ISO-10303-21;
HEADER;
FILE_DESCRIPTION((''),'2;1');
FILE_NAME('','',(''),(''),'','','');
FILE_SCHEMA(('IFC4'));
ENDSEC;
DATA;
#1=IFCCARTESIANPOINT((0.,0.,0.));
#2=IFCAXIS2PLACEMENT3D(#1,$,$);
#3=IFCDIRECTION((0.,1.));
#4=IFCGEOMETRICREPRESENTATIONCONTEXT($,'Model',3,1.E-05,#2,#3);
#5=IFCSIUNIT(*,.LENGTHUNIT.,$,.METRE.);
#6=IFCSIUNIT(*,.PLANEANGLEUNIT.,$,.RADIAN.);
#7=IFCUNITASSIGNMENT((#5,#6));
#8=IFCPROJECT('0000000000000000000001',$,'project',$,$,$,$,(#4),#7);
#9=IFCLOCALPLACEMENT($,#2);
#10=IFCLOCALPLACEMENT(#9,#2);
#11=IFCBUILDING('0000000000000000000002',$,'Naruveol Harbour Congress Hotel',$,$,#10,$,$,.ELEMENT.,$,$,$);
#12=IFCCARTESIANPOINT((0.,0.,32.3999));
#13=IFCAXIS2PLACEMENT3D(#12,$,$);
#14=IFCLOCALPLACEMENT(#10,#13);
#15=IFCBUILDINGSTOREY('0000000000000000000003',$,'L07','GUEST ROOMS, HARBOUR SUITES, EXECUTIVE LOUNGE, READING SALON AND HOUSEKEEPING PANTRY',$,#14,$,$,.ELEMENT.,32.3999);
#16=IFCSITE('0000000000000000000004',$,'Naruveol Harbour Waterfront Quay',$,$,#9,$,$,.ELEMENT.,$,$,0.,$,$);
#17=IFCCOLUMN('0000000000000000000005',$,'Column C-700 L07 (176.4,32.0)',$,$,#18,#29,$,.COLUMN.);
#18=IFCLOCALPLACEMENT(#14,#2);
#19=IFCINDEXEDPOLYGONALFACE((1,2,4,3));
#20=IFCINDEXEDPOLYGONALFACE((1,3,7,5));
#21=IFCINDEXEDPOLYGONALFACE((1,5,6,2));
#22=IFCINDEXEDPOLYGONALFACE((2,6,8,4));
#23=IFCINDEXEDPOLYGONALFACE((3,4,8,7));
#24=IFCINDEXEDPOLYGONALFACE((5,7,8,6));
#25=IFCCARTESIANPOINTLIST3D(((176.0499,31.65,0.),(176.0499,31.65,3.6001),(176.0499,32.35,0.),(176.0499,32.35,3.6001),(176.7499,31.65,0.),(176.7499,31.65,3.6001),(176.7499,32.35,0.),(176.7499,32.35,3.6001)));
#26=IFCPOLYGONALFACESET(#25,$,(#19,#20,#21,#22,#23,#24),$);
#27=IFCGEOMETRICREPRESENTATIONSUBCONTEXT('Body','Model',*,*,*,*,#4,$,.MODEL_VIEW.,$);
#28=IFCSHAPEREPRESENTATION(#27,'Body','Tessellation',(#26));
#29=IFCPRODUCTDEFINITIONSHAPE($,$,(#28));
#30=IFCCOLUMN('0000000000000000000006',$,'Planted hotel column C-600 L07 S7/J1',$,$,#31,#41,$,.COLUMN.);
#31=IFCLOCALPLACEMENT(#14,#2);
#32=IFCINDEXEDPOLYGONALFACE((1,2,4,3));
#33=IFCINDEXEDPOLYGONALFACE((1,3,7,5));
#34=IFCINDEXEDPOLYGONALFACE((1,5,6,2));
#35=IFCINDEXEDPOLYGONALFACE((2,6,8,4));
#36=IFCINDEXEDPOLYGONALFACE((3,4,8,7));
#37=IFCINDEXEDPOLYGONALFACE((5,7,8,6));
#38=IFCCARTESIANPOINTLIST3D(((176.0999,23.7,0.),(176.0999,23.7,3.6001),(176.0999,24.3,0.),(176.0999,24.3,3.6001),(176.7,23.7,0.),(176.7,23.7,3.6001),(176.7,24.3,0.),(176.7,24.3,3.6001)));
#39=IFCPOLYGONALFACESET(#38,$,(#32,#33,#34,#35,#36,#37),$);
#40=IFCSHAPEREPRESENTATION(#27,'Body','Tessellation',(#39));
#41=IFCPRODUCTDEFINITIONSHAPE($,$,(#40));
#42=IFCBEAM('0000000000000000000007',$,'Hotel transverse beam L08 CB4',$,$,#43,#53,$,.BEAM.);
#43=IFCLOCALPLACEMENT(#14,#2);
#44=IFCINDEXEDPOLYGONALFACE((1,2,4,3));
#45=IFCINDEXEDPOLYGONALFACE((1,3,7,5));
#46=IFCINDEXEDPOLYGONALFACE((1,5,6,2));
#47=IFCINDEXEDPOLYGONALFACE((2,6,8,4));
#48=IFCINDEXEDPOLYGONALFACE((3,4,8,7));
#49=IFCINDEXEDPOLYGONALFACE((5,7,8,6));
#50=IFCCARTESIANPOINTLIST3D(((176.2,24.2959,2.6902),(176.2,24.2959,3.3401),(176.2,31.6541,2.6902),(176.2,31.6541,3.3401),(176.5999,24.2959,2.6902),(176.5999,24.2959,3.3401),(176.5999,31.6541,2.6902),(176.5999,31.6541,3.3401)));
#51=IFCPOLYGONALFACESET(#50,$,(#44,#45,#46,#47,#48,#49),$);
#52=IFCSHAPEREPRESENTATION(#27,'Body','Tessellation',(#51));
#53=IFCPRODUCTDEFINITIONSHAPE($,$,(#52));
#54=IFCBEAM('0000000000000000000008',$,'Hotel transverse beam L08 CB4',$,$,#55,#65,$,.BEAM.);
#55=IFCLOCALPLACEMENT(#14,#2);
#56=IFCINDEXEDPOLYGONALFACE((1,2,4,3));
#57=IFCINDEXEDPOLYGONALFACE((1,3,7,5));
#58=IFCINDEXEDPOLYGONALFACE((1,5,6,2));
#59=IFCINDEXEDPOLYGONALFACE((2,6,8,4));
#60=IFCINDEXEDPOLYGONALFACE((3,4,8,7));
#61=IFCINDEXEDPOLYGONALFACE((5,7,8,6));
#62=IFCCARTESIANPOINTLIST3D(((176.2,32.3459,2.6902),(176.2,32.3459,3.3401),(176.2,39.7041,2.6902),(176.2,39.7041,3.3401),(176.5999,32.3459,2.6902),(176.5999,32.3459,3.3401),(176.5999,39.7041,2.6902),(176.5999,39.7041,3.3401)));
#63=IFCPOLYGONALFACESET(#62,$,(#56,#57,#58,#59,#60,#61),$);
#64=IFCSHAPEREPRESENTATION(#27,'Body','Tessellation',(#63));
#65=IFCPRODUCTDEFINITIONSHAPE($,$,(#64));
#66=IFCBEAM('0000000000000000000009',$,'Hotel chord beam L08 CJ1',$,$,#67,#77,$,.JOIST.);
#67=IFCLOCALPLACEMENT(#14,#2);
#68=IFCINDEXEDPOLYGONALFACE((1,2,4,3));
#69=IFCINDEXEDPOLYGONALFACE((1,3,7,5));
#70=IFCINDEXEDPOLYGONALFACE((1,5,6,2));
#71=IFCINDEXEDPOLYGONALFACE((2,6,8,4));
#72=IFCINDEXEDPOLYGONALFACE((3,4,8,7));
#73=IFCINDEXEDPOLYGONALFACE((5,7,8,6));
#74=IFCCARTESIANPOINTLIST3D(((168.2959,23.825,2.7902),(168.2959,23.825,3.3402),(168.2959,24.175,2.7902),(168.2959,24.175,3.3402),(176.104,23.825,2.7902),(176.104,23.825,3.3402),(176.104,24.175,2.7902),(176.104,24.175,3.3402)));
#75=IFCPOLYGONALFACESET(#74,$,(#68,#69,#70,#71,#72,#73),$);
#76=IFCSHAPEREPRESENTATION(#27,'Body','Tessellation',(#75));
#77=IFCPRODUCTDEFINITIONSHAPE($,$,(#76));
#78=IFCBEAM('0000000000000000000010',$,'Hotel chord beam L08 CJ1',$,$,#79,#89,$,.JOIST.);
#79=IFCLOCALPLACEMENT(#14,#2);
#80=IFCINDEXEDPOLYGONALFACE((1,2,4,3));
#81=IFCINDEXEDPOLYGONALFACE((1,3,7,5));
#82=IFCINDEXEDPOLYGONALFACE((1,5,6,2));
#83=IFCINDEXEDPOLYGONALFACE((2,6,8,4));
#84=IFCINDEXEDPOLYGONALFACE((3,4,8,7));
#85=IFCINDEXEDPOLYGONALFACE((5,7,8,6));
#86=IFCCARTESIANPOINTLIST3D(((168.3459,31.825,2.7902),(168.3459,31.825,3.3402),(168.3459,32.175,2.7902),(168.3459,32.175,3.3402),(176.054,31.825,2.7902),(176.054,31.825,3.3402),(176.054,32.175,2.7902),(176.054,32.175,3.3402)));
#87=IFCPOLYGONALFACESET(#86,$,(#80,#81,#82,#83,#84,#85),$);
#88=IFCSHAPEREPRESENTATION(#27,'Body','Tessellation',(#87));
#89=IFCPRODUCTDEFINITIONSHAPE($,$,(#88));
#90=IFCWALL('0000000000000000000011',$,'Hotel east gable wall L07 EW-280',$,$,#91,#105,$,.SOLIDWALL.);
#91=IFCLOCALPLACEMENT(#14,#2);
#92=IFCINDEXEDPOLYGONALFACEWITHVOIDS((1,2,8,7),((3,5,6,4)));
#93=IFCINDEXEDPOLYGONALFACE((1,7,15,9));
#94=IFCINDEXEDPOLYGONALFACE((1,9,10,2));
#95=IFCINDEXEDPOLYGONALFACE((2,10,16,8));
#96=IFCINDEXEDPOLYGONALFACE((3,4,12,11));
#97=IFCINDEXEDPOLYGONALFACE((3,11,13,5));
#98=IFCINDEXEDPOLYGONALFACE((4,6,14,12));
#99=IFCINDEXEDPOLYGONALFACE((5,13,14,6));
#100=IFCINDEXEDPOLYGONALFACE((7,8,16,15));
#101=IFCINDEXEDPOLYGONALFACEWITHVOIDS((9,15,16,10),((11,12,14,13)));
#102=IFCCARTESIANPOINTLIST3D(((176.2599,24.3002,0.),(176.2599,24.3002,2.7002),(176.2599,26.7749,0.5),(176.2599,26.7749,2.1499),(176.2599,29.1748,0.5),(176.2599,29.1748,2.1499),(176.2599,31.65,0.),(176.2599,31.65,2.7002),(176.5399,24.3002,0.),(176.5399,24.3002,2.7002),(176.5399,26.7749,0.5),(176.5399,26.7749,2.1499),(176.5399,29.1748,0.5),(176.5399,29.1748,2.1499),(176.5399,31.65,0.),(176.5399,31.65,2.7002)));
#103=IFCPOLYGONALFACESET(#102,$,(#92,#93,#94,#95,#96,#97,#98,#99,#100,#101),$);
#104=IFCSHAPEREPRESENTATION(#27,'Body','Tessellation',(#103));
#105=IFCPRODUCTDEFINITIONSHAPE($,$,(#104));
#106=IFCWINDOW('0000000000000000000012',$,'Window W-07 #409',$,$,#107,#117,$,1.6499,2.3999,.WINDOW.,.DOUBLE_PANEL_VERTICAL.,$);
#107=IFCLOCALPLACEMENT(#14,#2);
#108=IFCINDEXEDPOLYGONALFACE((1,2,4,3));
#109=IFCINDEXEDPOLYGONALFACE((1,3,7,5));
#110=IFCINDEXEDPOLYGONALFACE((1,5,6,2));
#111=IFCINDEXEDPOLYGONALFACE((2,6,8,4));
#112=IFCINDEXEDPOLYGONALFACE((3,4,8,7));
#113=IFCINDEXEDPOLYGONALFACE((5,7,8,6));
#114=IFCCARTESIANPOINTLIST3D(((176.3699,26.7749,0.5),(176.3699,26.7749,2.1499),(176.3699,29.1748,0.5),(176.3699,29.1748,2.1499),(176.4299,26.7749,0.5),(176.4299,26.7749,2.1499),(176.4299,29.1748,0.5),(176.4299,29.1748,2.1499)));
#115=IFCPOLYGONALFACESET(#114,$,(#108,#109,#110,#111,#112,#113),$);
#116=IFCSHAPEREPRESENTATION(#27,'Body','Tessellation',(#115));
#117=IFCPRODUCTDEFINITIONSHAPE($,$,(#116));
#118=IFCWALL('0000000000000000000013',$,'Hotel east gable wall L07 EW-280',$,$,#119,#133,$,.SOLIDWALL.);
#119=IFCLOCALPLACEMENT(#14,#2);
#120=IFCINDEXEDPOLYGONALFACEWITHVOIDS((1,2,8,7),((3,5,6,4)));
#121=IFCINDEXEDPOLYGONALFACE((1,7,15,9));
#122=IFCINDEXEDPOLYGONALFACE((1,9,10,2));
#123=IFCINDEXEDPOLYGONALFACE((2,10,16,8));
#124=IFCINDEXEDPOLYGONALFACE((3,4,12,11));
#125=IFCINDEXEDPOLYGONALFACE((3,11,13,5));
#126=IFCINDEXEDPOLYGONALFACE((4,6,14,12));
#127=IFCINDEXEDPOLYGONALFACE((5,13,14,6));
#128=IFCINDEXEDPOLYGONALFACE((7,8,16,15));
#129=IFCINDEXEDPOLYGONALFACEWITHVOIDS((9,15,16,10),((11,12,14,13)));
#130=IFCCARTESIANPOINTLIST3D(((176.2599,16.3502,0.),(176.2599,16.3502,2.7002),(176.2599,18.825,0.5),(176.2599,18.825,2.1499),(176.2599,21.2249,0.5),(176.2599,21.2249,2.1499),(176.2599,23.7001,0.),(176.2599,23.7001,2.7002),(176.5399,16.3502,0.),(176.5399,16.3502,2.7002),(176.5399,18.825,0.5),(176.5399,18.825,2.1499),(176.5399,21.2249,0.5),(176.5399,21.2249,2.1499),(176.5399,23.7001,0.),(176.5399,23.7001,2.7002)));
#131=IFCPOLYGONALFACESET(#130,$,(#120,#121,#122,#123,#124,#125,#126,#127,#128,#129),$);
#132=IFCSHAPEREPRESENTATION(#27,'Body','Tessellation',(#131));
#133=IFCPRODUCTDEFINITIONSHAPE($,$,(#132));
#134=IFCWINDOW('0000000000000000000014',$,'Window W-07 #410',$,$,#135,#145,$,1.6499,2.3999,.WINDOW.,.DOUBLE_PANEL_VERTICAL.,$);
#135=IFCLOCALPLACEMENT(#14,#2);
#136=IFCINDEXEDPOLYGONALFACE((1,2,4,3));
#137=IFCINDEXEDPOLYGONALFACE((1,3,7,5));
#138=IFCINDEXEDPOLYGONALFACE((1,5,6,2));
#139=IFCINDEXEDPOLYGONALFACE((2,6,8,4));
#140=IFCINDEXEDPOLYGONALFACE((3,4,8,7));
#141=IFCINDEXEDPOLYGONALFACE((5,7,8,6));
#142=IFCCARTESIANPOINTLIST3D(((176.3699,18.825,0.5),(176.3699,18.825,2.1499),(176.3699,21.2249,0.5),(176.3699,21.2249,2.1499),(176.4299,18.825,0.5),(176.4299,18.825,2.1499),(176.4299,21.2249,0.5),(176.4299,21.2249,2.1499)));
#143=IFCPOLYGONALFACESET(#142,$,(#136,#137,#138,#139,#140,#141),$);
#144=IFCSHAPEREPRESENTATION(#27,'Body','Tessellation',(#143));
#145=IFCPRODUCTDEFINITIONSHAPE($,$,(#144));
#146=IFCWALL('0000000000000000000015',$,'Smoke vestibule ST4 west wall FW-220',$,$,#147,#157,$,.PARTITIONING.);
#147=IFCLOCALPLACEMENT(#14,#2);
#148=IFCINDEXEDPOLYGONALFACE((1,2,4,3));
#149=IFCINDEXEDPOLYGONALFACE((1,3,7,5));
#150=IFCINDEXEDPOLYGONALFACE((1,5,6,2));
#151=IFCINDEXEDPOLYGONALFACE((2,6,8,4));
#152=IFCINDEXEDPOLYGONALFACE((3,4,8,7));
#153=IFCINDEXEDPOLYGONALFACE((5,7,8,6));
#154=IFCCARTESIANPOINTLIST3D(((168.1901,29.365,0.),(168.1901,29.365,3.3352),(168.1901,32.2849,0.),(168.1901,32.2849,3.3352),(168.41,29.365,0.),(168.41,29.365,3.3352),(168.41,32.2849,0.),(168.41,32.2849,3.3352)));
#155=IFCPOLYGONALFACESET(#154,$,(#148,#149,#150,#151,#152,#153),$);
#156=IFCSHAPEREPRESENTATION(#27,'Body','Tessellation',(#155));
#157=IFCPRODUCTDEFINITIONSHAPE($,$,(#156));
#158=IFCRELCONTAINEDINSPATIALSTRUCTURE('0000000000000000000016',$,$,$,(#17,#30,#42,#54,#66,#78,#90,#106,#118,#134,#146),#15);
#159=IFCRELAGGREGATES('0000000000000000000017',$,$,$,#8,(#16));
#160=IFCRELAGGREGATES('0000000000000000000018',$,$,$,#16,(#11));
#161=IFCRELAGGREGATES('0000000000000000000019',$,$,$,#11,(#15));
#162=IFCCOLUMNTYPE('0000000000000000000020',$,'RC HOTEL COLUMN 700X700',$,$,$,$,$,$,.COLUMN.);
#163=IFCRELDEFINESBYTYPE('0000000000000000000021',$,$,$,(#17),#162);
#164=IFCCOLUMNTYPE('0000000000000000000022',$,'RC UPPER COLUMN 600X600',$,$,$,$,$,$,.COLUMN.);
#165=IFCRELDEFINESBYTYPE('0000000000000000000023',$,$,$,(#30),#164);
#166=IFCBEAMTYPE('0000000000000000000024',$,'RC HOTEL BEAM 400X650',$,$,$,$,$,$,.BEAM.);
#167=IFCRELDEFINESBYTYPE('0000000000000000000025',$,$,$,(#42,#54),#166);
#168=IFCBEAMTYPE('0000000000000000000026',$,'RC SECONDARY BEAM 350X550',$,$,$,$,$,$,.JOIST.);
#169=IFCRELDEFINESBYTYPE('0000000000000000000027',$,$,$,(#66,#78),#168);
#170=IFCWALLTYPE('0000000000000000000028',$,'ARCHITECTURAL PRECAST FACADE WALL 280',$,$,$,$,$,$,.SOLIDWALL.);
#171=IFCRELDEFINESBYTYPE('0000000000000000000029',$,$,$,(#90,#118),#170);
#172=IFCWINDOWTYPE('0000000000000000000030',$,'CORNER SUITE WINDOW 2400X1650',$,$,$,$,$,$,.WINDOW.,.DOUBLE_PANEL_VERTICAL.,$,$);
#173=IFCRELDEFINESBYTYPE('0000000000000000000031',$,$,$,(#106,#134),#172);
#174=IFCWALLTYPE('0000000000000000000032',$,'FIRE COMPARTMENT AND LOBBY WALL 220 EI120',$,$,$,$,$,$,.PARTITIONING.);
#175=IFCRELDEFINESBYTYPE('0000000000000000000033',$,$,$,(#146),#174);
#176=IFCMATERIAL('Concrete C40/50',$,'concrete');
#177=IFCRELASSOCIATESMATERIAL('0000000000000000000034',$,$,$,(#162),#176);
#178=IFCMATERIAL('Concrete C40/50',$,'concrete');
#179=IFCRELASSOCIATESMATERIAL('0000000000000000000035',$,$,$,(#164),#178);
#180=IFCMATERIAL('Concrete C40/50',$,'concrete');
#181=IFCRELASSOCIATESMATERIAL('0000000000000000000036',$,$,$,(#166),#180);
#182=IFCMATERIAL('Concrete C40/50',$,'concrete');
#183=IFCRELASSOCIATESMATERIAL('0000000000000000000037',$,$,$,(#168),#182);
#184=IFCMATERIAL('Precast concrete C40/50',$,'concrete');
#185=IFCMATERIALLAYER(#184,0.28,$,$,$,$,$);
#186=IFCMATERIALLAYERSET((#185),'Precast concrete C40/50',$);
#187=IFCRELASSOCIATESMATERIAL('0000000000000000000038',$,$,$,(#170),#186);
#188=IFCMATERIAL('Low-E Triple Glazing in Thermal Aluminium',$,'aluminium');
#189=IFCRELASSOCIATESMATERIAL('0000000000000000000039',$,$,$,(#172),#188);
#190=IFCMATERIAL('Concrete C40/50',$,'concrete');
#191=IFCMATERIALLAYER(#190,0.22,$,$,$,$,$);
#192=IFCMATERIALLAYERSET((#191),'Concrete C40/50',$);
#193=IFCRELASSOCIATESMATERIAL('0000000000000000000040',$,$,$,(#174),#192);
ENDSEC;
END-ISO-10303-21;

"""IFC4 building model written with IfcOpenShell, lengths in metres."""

from ifc_helpers import new_model, si_unit, direction, frame, frame_2d, origin, origin_2d, place, context, subcontext, project, spatial, rectangle, extrude, material, layer, layer_set, material_profile, profile_set, type_object, element, fill, save


model = new_model("IFC4")

# Units and contexts
model_context = context("Model", 3, precision=1e-05, world=origin(), true_north=direction((0.0, 1.0)))
body_context = subcontext(model_context, "Body", "Model", "MODEL_VIEW")
ifc_project = project(units=[si_unit("LENGTHUNIT", "METRE"), si_unit("PLANEANGLEUNIT", "RADIAN")], contexts=[model_context])

# Site, building, storey
site_placement = place(None, origin())
site = spatial("IfcSite", under=ifc_project, at=site_placement, Name="Naruveol Harbour Waterfront Quay", CompositionType="ELEMENT", RefElevation=0.0)
building_placement = place(site_placement, origin())
building = spatial("IfcBuilding", under=site, at=building_placement, Name="Naruveol Harbour Congress Hotel", CompositionType="ELEMENT")
storey_placement = place(building_placement, frame((0.0, 0.0, 32.3999)))
storey = spatial("IfcBuildingStorey", under=building, at=storey_placement, Name="L07", Description="GUEST ROOMS, HARBOUR SUITES, EXECUTIVE LOUNGE, READING SALON AND HOUSEKEEPING PANTRY", CompositionType="ELEMENT", Elevation=32.3999)

# Columns
ifc_material_1 = material(Name="Concrete C40/50", Category="concrete")
ifc_material_profile_1 = material_profile(ifc_material_1, rectangle(XDim=0.7, YDim=0.7, at=origin_2d()), Name="RC-700x700")
ifc_profile_set_1 = profile_set([ifc_material_profile_1], Name="Concrete C40/50")
column_type_1 = type_object("IfcColumnType", Name="RC HOTEL COLUMN 700X700", PredefinedType="COLUMN", material=ifc_profile_set_1)
column_1_placement = place(storey_placement, frame((176.3999, 32.0, 0.0), z_axis=(0.0, 0.0, 1.0), x_axis=(1.0, 0.0, 0.0)))
element("IfcColumn", 1, at=column_1_placement, inside=storey, type_object=column_type_1, Name="Column C-700 L07 (176.4,32.0)", PredefinedType="COLUMN", context=body_context, shape_type="SweptSolid", body=[
    extrude(rectangle(XDim=0.7, YDim=0.7, at=origin_2d()), origin(), (0.0, 0.0, 1.0), 3.6001),
])
ifc_material_2 = material(Name="Concrete C40/50", Category="concrete")
ifc_material_profile_2 = material_profile(ifc_material_2, rectangle(XDim=0.6001, YDim=0.6001, at=origin_2d()), Name="RC-600x600")
ifc_profile_set_2 = profile_set([ifc_material_profile_2], Name="Concrete C40/50")
column_type_2 = type_object("IfcColumnType", Name="RC UPPER COLUMN 600X600", PredefinedType="COLUMN", material=ifc_profile_set_2)
column_2_placement = place(storey_placement, frame((176.3999, 24.0, 0.0), z_axis=(0.0, 0.0, 1.0), x_axis=(1.0, 0.0, 0.0)))
element("IfcColumn", 2, at=column_2_placement, inside=storey, type_object=column_type_2, Name="Planted hotel column C-600 L07 S7/J1", PredefinedType="COLUMN", context=body_context, shape_type="SweptSolid", body=[
    extrude(rectangle(XDim=0.6001, YDim=0.6001, at=origin_2d()), origin(), (0.0, 0.0, 1.0), 3.6001),
])

# Beams
ifc_material_3 = material(Name="Concrete C40/50", Category="concrete")
ifc_material_profile_3 = material_profile(ifc_material_3, rectangle(XDim=0.3999, YDim=0.6499, at=origin_2d()), Name="RCB-400x650")
ifc_profile_set_3 = profile_set([ifc_material_profile_3], Name="Concrete C40/50")
beam_type_1 = type_object("IfcBeamType", Name="RC HOTEL BEAM 400X650", PredefinedType="BEAM", material=ifc_profile_set_3)
for number, where, z_axis, x_axis, name in (
    (3, (176.3999, 24.2959, 3.0151), (0.0, 1.0, 0.0), (-1.0, 0.0, 0.0), "Hotel transverse beam L08 CB4"),
    (4, (176.3999, 32.3459, 3.0151), (0.0, 1.0, 0.0), (-1.0, 0.0, 0.0), "Hotel transverse beam L08 CB4"),
):
    element("IfcBeam", number, at=place(storey_placement, frame(where, z_axis=z_axis, x_axis=x_axis)), inside=storey, type_object=beam_type_1, Name=name, PredefinedType="BEAM", context=body_context, shape_type="SweptSolid", body=[
        extrude(rectangle(XDim=0.3999, YDim=0.6499, at=origin_2d()), origin(), (0.0, 0.0, 1.0), 7.3582),
    ])
ifc_material_4 = material(Name="Concrete C40/50", Category="concrete")
ifc_material_profile_4 = material_profile(ifc_material_4, rectangle(XDim=0.3501, YDim=0.55, at=origin_2d()), Name="RCB-350x550")
ifc_profile_set_4 = profile_set([ifc_material_profile_4], Name="Concrete C40/50")
beam_type_2 = type_object("IfcBeamType", Name="RC SECONDARY BEAM 350X550", PredefinedType="JOIST", material=ifc_profile_set_4)
beam_1_placement = place(storey_placement, frame((168.2959, 24.0, 3.0652), z_axis=(1.0, 0.0, 0.0), x_axis=(0.0, 1.0, 0.0)))
element("IfcBeam", 5, at=beam_1_placement, inside=storey, type_object=beam_type_2, Name="Hotel chord beam L08 CJ1", PredefinedType="JOIST", context=body_context, shape_type="SweptSolid", body=[
    extrude(rectangle(XDim=0.3501, YDim=0.55, at=origin_2d()), origin(), (0.0, 0.0, 1.0), 7.8081),
])
beam_2_placement = place(storey_placement, frame((168.3459, 32.0, 3.0652), z_axis=(1.0, 0.0, 0.0), x_axis=(0.0, 1.0, 0.0)))
element("IfcBeam", 6, at=beam_2_placement, inside=storey, type_object=beam_type_2, Name="Hotel chord beam L08 CJ1", PredefinedType="JOIST", context=body_context, shape_type="SweptSolid", body=[
    extrude(rectangle(XDim=0.3501, YDim=0.55, at=origin_2d()), origin(), (0.0, 0.0, 1.0), 7.708),
])

# Walls, openings, windows
ifc_material_5 = material(Name="Precast concrete C40/50", Category="concrete")
ifc_layer_1 = layer(ifc_material_5, 0.28)
ifc_layer_set_1 = layer_set([ifc_layer_1], Name="Precast concrete C40/50")
wall_type_1 = type_object("IfcWallType", Name="ARCHITECTURAL PRECAST FACADE WALL 280", PredefinedType="SOLIDWALL", material=ifc_layer_set_1)
wall_1_placement = place(storey_placement, frame((176.3999, 31.6499, 0.0), z_axis=(0.0, 0.0, 1.0), x_axis=(0.0, -1.0, 0.0)))
wall_1 = element("IfcWall", 7, at=wall_1_placement, inside=storey, type_object=wall_type_1, Name="Hotel east gable wall L07 EW-280", PredefinedType="SOLIDWALL", context=body_context, shape_type="SweptSolid", body=[
    extrude(rectangle(XDim=7.3499, YDim=0.28, at=frame_2d((3.6748, 0.0))), origin(), (0.0, 0.0, 1.0), 2.7002),
])
opening_1_placement = place(wall_1_placement, frame((2.4751, 0.0, 0.5)))
opening_1 = element("IfcOpeningElement", 8, at=opening_1_placement, cuts=wall_1, PredefinedType="OPENING", context=body_context, shape_type="SweptSolid", body=[
    extrude(rectangle(XDim=2.3999, YDim=1.6499, at=frame_2d((1.2, 0.825))), frame((0.0, 0.1499, 0.0), z_axis=(0.0, -1.0, 0.0), x_axis=(1.0, 0.0, 0.0)), (0.0, 0.0, 1.0), 0.3),
])
ifc_material_6 = material(Name="Low-E Triple Glazing in Thermal Aluminium", Category="aluminium")
window_type = type_object("IfcWindowType", Name="CORNER SUITE WINDOW 2400X1650", PartitioningType="DOUBLE_PANEL_VERTICAL", PredefinedType="WINDOW", material=ifc_material_6)
window_1_placement = place(opening_1_placement, origin())
window_1 = element("IfcWindow", 9, at=window_1_placement, inside=storey, type_object=window_type, Name="Window W-07 #409", OverallHeight=1.6499, OverallWidth=2.3999, PartitioningType="DOUBLE_PANEL_VERTICAL", PredefinedType="WINDOW", context=body_context, shape_type="SweptSolid", body=[
    extrude(rectangle(XDim=2.3999, YDim=1.6499, at=frame_2d((1.2, 0.825))), frame((0.0, 0.03, 0.0), z_axis=(0.0, -1.0, 0.0), x_axis=(1.0, 0.0, 0.0)), (0.0, 0.0, 1.0), 0.0601),
])
fill(opening_1, window_1)
wall_2_placement = place(storey_placement, frame((176.3999, 23.7, 0.0), z_axis=(0.0, 0.0, 1.0), x_axis=(0.0, -1.0, 0.0)))
wall_2 = element("IfcWall", 10, at=wall_2_placement, inside=storey, type_object=wall_type_1, Name="Hotel east gable wall L07 EW-280", PredefinedType="SOLIDWALL", context=body_context, shape_type="SweptSolid", body=[
    extrude(rectangle(XDim=7.3499, YDim=0.28, at=frame_2d((3.6748, 0.0))), origin(), (0.0, 0.0, 1.0), 2.7002),
])
opening_2_placement = place(wall_2_placement, frame((2.4751, 0.0, 0.5)))
opening_2 = element("IfcOpeningElement", 11, at=opening_2_placement, cuts=wall_2, PredefinedType="OPENING", context=body_context, shape_type="SweptSolid", body=[
    extrude(rectangle(XDim=2.3999, YDim=1.6499, at=frame_2d((1.2, 0.825))), frame((0.0, 0.1499, 0.0), z_axis=(0.0, -1.0, 0.0), x_axis=(1.0, 0.0, 0.0)), (0.0, 0.0, 1.0), 0.3),
])
window_2_placement = place(opening_2_placement, origin())
window_2 = element("IfcWindow", 12, at=window_2_placement, inside=storey, type_object=window_type, Name="Window W-07 #410", OverallHeight=1.6499, OverallWidth=2.3999, PartitioningType="DOUBLE_PANEL_VERTICAL", PredefinedType="WINDOW", context=body_context, shape_type="SweptSolid", body=[
    extrude(rectangle(XDim=2.3999, YDim=1.6499, at=frame_2d((1.2, 0.825))), frame((0.0, 0.03, 0.0), z_axis=(0.0, -1.0, 0.0), x_axis=(1.0, 0.0, 0.0)), (0.0, 0.0, 1.0), 0.0601),
])
fill(opening_2, window_2)

# Wall
ifc_material_7 = material(Name="Concrete C40/50", Category="concrete")
ifc_layer_2 = layer(ifc_material_7, 0.22)
ifc_layer_set_2 = layer_set([ifc_layer_2], Name="Concrete C40/50")
wall_type_2 = type_object("IfcWallType", Name="FIRE COMPARTMENT AND LOBBY WALL 220 EI120", PredefinedType="PARTITIONING", material=ifc_layer_set_2)
wall_3_placement = place(storey_placement, frame((168.3, 29.365, 0.0), z_axis=(0.0, 0.0, 1.0), x_axis=(0.0, 1.0, 0.0)))
element("IfcWall", 13, at=wall_3_placement, inside=storey, type_object=wall_type_2, Name="Smoke vestibule ST4 west wall FW-220", PredefinedType="PARTITIONING", context=body_context, shape_type="SweptSolid", body=[
    extrude(rectangle(XDim=2.9199, YDim=0.22, at=frame_2d((1.46, 0.0))), origin(), (0.0, 0.0, 1.0), 3.3352),
])

save(model, "model.ifc")
